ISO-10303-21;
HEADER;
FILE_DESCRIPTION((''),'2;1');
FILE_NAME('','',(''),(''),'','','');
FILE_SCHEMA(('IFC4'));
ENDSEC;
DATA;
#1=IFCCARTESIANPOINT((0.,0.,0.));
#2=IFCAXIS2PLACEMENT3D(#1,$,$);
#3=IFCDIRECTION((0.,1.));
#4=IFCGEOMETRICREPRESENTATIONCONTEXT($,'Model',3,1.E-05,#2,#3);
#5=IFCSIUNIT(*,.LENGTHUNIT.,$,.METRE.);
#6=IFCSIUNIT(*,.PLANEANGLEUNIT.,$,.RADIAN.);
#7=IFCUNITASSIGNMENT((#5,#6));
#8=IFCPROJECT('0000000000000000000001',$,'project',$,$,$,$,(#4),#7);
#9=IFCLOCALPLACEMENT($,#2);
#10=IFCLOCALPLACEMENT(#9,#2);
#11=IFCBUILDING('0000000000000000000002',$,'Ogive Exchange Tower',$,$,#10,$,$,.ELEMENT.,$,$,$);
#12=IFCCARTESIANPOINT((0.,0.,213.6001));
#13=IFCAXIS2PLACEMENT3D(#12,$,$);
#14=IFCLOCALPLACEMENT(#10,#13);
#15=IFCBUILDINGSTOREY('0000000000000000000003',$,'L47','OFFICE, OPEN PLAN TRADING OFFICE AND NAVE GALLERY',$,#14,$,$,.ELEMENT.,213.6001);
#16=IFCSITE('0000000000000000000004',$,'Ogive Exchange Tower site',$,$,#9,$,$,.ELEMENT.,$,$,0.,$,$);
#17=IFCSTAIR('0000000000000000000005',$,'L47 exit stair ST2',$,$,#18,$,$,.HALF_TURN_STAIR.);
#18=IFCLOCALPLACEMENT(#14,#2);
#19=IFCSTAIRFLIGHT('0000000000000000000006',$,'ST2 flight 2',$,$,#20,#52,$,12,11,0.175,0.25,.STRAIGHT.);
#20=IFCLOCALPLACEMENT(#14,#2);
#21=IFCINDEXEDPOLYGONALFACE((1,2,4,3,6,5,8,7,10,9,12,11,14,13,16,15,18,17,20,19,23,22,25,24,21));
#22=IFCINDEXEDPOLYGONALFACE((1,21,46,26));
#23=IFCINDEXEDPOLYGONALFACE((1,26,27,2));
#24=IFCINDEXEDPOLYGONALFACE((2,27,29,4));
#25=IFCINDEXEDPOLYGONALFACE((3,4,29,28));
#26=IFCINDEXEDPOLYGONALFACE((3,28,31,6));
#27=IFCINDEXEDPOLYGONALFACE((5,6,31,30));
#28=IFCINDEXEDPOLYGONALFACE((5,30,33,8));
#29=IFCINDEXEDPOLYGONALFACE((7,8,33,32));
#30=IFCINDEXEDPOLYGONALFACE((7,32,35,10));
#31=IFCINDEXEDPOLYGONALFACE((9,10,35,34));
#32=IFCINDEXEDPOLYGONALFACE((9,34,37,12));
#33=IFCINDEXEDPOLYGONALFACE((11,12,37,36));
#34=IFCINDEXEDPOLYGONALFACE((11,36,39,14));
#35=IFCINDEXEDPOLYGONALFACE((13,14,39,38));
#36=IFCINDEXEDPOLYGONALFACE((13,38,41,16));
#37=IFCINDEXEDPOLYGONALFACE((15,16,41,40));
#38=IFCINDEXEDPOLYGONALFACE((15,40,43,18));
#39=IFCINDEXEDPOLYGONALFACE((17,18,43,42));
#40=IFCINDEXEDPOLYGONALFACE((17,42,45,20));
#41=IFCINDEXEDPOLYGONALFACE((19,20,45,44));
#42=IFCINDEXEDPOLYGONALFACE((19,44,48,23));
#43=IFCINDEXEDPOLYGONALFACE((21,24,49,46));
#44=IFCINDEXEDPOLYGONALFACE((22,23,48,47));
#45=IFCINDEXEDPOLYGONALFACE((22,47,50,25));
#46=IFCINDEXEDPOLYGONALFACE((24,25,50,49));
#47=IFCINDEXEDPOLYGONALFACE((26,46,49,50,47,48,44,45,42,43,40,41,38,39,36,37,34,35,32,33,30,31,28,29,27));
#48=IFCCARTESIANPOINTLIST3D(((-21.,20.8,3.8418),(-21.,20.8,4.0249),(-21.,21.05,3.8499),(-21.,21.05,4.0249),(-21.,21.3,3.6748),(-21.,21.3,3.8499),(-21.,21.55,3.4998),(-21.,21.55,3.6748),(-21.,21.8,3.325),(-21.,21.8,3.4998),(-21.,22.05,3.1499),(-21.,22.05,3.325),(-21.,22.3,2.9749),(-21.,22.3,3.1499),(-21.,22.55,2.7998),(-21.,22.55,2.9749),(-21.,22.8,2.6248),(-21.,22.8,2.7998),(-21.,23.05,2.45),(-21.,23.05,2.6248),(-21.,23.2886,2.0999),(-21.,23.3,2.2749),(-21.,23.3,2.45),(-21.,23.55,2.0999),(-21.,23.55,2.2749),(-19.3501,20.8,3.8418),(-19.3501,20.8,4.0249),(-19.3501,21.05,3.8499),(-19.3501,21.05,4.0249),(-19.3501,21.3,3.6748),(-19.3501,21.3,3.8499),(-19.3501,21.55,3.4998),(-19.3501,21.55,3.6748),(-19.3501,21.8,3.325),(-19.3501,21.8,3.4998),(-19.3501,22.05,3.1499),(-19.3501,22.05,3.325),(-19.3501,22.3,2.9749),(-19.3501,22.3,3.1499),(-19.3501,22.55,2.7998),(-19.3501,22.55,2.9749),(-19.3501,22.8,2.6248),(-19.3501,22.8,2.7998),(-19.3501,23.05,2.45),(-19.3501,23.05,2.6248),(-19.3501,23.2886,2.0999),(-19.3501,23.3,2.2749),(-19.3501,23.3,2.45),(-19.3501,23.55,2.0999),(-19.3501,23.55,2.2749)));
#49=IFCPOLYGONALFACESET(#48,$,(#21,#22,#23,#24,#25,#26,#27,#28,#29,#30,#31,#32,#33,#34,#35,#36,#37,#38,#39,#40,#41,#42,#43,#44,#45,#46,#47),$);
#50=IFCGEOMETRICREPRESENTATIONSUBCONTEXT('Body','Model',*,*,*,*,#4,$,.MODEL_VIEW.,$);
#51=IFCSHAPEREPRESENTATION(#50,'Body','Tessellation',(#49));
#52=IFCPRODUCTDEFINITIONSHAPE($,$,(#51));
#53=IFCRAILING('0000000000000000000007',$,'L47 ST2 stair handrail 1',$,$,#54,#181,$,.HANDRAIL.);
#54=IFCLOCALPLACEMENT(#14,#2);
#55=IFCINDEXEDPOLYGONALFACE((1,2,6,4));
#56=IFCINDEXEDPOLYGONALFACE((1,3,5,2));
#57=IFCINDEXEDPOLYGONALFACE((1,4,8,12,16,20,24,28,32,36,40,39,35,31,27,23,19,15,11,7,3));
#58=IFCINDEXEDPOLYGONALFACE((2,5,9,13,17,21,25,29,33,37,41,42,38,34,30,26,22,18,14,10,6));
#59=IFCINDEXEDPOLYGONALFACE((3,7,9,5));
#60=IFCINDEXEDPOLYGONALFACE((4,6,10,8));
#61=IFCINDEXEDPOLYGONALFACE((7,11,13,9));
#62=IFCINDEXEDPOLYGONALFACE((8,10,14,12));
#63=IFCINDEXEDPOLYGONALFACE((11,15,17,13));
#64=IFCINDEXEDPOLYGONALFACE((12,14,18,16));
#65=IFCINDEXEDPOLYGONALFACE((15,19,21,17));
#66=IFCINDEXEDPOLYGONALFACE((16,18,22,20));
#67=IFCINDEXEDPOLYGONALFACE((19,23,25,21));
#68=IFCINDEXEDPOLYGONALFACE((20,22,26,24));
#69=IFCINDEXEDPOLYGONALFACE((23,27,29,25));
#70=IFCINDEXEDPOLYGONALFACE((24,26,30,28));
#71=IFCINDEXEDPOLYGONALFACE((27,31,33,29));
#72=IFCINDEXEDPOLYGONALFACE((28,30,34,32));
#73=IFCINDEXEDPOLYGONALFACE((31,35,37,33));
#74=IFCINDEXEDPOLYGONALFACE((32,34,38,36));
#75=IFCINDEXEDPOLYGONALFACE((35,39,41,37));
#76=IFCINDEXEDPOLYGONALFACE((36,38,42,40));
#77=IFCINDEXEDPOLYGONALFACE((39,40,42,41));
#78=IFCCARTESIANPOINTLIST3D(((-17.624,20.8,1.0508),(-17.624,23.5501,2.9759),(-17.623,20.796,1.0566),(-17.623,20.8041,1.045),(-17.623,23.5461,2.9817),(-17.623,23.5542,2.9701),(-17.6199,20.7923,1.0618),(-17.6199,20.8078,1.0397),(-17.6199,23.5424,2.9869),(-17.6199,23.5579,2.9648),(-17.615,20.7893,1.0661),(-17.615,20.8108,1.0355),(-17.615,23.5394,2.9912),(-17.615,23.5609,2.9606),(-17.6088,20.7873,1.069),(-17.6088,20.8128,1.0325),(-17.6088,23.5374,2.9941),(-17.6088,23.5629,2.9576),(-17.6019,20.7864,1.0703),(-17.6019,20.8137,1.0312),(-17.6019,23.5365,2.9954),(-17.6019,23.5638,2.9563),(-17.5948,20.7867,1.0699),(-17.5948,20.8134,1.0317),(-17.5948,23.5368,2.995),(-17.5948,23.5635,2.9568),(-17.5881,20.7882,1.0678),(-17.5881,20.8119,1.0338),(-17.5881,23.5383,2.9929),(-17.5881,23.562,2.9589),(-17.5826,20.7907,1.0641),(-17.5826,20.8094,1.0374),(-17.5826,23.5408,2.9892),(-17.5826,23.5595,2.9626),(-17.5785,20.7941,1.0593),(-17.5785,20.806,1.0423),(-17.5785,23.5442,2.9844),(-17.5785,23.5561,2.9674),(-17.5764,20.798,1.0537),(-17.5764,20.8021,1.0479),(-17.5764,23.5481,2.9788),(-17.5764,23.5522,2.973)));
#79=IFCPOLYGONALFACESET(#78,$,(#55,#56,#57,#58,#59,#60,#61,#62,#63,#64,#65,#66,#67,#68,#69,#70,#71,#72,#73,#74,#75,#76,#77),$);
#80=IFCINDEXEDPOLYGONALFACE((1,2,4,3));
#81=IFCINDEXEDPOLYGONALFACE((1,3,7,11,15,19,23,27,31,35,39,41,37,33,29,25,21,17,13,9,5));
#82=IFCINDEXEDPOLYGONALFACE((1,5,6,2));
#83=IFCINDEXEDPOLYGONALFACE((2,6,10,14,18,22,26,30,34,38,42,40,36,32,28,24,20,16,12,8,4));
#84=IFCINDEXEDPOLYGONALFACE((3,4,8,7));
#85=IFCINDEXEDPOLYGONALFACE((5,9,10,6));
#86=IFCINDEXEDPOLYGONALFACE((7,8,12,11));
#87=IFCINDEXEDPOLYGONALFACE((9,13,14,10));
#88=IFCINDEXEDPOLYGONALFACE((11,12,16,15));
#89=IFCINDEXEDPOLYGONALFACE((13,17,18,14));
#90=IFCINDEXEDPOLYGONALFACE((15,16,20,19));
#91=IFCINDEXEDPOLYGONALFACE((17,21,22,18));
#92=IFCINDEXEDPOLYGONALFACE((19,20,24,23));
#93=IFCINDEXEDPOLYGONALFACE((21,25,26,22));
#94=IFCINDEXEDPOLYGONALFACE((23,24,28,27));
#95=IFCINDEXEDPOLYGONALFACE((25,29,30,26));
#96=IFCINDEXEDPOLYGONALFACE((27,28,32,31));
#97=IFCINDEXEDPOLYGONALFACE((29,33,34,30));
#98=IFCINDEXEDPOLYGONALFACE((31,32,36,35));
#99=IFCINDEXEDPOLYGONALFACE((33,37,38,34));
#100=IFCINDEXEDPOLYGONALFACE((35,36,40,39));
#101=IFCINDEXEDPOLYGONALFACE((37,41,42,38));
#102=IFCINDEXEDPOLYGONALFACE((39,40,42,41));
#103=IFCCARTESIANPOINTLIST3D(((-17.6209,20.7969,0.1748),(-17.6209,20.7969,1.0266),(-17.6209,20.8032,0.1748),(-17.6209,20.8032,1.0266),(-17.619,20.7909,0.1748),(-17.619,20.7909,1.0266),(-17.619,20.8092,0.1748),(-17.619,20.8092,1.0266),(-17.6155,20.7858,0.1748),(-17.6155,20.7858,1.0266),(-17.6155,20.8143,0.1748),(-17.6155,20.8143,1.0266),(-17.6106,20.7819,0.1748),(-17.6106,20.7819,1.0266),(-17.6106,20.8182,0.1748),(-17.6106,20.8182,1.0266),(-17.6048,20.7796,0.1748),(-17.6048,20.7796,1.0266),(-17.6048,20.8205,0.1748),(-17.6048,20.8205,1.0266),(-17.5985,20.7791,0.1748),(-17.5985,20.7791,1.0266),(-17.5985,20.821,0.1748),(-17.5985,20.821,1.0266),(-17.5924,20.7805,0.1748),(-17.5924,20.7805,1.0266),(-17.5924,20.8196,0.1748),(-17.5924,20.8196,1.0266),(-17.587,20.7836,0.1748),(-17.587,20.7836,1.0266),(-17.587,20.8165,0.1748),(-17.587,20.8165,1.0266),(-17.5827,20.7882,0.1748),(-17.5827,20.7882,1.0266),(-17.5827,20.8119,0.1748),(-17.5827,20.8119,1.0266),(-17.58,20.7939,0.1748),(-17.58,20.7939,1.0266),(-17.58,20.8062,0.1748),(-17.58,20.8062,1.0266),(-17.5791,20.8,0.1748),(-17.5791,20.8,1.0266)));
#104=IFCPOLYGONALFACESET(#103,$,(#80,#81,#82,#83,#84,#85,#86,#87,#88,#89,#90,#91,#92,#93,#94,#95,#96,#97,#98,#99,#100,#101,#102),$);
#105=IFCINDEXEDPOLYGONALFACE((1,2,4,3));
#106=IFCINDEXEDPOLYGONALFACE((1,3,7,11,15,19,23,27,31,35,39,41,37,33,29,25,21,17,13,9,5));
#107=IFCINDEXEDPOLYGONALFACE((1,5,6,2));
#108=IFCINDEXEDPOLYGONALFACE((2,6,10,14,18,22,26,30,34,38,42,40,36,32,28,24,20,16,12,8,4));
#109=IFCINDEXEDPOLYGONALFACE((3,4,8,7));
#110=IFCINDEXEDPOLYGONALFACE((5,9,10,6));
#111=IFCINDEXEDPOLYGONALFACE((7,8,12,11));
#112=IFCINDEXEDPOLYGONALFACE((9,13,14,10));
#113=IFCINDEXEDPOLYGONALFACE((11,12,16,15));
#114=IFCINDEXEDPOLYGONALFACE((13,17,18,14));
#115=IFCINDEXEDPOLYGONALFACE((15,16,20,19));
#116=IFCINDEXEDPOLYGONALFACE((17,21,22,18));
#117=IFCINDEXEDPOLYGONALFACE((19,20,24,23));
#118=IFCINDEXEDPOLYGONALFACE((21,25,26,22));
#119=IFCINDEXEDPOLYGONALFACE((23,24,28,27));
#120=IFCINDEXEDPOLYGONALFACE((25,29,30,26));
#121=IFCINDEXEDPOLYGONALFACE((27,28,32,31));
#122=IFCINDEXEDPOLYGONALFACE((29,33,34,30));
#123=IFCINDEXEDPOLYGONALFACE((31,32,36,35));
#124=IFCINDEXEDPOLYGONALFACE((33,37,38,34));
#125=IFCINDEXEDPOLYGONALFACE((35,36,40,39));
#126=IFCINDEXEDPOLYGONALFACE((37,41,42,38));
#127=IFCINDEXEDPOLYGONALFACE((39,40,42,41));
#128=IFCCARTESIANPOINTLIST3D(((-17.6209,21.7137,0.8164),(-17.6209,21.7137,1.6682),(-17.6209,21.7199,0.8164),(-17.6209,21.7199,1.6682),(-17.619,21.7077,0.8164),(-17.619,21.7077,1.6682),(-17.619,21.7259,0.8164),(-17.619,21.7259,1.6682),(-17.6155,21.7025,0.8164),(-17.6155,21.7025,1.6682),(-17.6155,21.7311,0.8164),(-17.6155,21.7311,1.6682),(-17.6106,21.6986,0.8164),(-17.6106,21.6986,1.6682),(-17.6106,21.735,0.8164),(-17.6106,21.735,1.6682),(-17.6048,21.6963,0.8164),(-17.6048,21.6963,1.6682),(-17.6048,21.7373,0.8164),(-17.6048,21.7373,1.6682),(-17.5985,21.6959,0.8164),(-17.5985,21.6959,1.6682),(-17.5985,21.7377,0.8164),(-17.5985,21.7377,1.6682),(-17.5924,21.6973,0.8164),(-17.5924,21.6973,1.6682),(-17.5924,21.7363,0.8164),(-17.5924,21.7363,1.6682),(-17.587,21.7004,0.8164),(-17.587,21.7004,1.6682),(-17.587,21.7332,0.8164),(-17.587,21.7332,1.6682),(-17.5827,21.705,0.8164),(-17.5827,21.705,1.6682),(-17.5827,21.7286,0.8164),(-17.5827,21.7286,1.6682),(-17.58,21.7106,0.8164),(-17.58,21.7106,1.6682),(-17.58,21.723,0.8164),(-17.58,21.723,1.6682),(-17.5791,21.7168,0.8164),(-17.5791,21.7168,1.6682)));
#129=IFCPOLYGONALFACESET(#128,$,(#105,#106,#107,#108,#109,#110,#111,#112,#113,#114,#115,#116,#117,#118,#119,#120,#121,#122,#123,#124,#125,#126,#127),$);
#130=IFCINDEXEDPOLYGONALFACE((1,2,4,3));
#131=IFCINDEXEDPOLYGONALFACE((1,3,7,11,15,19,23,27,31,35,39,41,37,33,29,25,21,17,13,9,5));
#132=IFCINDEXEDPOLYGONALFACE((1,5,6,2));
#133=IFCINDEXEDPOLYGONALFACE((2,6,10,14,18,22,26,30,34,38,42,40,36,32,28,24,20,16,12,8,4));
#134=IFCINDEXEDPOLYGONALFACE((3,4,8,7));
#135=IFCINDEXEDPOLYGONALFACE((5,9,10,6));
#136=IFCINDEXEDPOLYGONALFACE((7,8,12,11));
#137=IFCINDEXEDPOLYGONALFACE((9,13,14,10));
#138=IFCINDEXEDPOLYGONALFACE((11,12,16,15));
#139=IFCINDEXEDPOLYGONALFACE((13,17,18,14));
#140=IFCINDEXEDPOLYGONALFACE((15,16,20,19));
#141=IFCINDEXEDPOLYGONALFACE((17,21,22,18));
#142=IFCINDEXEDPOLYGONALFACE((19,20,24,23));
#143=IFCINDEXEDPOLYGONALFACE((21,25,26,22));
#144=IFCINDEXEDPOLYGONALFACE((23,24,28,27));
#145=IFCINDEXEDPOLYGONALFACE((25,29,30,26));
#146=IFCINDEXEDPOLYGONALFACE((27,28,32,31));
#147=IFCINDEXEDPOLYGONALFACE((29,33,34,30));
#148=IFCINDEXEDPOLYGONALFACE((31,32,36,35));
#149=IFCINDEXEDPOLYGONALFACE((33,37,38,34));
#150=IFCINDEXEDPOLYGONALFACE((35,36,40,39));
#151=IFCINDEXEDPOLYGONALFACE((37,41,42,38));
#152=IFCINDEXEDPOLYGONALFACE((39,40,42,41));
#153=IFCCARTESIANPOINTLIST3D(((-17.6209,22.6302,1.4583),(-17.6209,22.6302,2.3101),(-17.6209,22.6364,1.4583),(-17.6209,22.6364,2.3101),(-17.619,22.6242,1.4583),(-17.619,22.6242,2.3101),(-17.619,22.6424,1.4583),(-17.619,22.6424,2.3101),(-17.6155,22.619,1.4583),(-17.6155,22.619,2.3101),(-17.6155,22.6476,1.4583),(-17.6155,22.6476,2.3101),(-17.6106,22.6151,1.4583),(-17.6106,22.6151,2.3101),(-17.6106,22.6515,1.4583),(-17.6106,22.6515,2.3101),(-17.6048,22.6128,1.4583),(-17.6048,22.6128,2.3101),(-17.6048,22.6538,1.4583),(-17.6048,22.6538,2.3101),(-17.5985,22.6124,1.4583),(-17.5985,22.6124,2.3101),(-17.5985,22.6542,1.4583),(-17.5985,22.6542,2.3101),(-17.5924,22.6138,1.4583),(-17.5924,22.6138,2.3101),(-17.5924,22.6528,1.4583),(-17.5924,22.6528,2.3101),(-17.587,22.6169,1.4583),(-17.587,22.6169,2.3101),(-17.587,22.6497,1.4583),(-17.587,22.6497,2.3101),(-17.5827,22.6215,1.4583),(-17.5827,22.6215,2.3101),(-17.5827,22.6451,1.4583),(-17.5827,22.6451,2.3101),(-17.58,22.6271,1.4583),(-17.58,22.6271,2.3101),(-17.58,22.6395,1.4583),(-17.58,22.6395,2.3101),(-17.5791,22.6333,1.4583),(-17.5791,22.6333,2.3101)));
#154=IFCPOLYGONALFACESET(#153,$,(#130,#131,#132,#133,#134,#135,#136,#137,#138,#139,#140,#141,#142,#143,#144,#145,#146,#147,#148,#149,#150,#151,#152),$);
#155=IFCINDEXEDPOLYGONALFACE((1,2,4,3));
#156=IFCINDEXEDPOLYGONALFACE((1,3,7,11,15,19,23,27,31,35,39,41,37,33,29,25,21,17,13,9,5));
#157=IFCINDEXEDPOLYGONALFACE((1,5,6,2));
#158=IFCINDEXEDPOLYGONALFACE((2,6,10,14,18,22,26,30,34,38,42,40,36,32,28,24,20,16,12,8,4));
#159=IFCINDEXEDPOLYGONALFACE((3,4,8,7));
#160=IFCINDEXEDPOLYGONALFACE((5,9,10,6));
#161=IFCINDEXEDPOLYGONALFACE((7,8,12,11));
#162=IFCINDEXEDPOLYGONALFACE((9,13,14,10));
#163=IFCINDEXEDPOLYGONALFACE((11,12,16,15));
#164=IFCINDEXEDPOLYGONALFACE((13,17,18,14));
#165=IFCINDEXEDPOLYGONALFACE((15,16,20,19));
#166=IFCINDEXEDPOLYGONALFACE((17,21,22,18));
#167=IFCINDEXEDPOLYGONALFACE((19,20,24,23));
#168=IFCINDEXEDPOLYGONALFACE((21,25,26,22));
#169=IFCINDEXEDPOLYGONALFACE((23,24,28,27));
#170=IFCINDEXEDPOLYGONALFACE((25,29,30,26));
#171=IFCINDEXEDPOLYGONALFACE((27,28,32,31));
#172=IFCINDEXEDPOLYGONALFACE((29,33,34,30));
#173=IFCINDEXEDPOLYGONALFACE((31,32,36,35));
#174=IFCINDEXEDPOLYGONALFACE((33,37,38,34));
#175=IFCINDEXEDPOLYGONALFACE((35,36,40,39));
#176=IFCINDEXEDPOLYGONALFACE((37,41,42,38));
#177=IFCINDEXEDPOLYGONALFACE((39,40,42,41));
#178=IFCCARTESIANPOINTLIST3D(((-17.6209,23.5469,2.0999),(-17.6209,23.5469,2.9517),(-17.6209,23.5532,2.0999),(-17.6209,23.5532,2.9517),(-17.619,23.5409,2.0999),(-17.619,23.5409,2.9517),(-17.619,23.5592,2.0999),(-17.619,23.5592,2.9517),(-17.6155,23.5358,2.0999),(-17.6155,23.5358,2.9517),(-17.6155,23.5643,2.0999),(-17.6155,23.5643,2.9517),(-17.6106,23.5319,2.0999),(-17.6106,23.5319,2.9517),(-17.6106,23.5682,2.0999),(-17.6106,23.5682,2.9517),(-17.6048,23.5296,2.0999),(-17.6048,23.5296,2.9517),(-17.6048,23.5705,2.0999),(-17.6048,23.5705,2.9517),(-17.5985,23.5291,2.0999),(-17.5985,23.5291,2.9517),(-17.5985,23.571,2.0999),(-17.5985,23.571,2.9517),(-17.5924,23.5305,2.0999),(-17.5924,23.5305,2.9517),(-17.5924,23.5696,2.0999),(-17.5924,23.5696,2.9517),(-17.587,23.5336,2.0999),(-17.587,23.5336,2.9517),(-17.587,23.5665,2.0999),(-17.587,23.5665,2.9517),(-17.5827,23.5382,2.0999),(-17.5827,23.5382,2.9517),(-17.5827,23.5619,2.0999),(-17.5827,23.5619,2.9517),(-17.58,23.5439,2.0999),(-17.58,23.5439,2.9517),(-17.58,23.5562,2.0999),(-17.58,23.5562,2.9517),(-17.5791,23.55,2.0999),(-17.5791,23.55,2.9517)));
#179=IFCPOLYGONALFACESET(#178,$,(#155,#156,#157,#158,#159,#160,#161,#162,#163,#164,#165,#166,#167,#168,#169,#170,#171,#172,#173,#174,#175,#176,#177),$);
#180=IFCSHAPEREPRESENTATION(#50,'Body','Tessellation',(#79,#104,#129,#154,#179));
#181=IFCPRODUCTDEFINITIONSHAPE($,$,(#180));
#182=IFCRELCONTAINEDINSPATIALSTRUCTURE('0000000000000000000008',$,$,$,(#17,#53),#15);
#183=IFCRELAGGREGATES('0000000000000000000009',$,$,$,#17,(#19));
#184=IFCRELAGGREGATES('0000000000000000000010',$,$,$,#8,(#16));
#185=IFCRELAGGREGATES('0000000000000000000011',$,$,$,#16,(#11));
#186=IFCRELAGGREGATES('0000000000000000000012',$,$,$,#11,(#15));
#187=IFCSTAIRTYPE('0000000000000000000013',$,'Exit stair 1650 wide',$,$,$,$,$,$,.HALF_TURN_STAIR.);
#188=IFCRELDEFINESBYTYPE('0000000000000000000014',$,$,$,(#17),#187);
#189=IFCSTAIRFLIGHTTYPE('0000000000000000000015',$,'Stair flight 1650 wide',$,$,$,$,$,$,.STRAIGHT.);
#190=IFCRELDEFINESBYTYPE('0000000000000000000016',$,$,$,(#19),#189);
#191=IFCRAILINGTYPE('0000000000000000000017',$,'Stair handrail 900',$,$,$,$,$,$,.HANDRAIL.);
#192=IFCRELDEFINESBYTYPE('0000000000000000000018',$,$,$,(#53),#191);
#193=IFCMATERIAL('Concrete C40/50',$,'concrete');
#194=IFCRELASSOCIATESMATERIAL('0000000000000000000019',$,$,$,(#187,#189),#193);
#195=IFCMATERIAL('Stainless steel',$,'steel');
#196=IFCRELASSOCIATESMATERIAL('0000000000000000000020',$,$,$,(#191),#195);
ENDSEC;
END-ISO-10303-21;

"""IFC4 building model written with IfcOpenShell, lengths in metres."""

from ifc_helpers import new_model, si_unit, direction, frame, origin, origin_2d, place, context, subcontext, project, spatial, polyline, circle, outline, extrude, material, type_object, element, aggregate, save


model = new_model("IFC4")

# Units and contexts
model_context = context("Model", 3, precision=1e-05, world=origin(), true_north=direction((0.0, 1.0)))
body_context = subcontext(model_context, "Body", "Model", "MODEL_VIEW")
ifc_project = project(units=[si_unit("LENGTHUNIT", "METRE"), si_unit("PLANEANGLEUNIT", "RADIAN")], contexts=[model_context])

# Site, building, storey
site_placement = place(None, origin())
site = spatial("IfcSite", under=ifc_project, at=site_placement, Name="Ogive Exchange Tower site", CompositionType="ELEMENT", RefElevation=0.0)
building_placement = place(site_placement, origin())
building = spatial("IfcBuilding", under=site, at=building_placement, Name="Ogive Exchange Tower", CompositionType="ELEMENT")
storey_placement = place(building_placement, frame((0.0, 0.0, 213.6001)))
storey = spatial("IfcBuildingStorey", under=building, at=storey_placement, Name="L47", Description="OFFICE, OPEN PLAN TRADING OFFICE AND NAVE GALLERY", CompositionType="ELEMENT", Elevation=213.6001)

# Stair, stair flight
ifc_material_1 = material(Name="Concrete C40/50", Category="concrete")
stair_type = type_object("IfcStairType", Name="Exit stair 1650 wide", PredefinedType="HALF_TURN_STAIR", material=ifc_material_1)
stair_placement = place(storey_placement, origin())
stair = element("IfcStair", 1, at=stair_placement, inside=storey, type_object=stair_type, Name="L47 exit stair ST2", PredefinedType="HALF_TURN_STAIR")
stair_flight_type = type_object("IfcStairFlightType", Name="Stair flight 1650 wide", PredefinedType="STRAIGHT", material=ifc_material_1)
stair_flight_1_placement = place(storey_placement, frame((-20.175, 23.55, 2.0999), z_axis=(0.0, 0.0, 1.0), x_axis=(0.0, -1.0, 0.0)))
stair_flight_1 = element("IfcStairFlight", 2, at=stair_flight_1_placement, type_object=stair_flight_type, Name="ST2 flight 2", NumberOfRisers=12, NumberOfTreads=11, PredefinedType="STRAIGHT", RiserHeight=0.175, TreadLength=0.25, context=body_context, shape_type="SweptSolid", body=[
    extrude(outline(polyline([(0.0, 0.0), (0.0, 0.175), (0.25, 0.175), (0.25, 0.3501), (0.5, 0.3501), (0.5, 0.5249), (0.75, 0.5249), (0.75, 0.7), (1.0, 0.7), (1.0, 0.875), (1.25, 0.875), (1.25, 1.05), (1.5, 1.05), (1.5, 1.2251), (1.75, 1.2251), (1.75, 1.3999), (2.0, 1.3999), (2.0, 1.575), (2.25, 1.575), (2.25, 1.75), (2.5, 1.75), (2.5, 1.925), (2.75, 1.925), (2.75, 2.1001), (2.75, 1.7419), (0.2615, 0.0), (0.0, 0.0)])), frame((0.0, 0.825, 0.0), z_axis=(0.0, -1.0, 0.0), x_axis=(1.0, 0.0, 0.0)), (0.0, 0.0, 1.0), 1.6499),
])
aggregate(stair, [stair_flight_1])

# Railing
ifc_material_2 = material(Name="Stainless steel", Category="steel")
railing_type = type_object("IfcRailingType", Name="Stair handrail 900", PredefinedType="HANDRAIL", material=ifc_material_2)
railing_1_placement = place(storey_placement, frame((-17.6001, 20.8, 0.1748)))
element("IfcRailing", 3, at=railing_1_placement, inside=storey, type_object=railing_type, Name="L47 ST2 stair handrail 1", PredefinedType="HANDRAIL", context=body_context, shape_type="SweptSolid", body=[
    extrude(circle(Radius=0.0239, at=origin_2d()), frame((0.0, 0.0, 0.876), z_axis=(0.0, 0.819225, 0.573472), x_axis=(-1.0, 0.0, 0.0)), (0.0, 0.0, 1.0), 3.3569),
    extrude(circle(Radius=0.021, at=origin_2d()), origin(), (0.0, 0.0, 1.0), 0.8518),
    extrude(circle(Radius=0.021, at=origin_2d()), frame((0.0, 0.9167, 0.6416)), (0.0, 0.0, 1.0), 0.8518),
    extrude(circle(Radius=0.021, at=origin_2d()), frame((0.0, 1.8333, 1.2834)), (0.0, 0.0, 1.0), 0.8518),
    extrude(circle(Radius=0.021, at=origin_2d()), frame((0.0, 2.75, 1.925)), (0.0, 0.0, 1.0), 0.8518),
])

save(model, "model.ifc")
